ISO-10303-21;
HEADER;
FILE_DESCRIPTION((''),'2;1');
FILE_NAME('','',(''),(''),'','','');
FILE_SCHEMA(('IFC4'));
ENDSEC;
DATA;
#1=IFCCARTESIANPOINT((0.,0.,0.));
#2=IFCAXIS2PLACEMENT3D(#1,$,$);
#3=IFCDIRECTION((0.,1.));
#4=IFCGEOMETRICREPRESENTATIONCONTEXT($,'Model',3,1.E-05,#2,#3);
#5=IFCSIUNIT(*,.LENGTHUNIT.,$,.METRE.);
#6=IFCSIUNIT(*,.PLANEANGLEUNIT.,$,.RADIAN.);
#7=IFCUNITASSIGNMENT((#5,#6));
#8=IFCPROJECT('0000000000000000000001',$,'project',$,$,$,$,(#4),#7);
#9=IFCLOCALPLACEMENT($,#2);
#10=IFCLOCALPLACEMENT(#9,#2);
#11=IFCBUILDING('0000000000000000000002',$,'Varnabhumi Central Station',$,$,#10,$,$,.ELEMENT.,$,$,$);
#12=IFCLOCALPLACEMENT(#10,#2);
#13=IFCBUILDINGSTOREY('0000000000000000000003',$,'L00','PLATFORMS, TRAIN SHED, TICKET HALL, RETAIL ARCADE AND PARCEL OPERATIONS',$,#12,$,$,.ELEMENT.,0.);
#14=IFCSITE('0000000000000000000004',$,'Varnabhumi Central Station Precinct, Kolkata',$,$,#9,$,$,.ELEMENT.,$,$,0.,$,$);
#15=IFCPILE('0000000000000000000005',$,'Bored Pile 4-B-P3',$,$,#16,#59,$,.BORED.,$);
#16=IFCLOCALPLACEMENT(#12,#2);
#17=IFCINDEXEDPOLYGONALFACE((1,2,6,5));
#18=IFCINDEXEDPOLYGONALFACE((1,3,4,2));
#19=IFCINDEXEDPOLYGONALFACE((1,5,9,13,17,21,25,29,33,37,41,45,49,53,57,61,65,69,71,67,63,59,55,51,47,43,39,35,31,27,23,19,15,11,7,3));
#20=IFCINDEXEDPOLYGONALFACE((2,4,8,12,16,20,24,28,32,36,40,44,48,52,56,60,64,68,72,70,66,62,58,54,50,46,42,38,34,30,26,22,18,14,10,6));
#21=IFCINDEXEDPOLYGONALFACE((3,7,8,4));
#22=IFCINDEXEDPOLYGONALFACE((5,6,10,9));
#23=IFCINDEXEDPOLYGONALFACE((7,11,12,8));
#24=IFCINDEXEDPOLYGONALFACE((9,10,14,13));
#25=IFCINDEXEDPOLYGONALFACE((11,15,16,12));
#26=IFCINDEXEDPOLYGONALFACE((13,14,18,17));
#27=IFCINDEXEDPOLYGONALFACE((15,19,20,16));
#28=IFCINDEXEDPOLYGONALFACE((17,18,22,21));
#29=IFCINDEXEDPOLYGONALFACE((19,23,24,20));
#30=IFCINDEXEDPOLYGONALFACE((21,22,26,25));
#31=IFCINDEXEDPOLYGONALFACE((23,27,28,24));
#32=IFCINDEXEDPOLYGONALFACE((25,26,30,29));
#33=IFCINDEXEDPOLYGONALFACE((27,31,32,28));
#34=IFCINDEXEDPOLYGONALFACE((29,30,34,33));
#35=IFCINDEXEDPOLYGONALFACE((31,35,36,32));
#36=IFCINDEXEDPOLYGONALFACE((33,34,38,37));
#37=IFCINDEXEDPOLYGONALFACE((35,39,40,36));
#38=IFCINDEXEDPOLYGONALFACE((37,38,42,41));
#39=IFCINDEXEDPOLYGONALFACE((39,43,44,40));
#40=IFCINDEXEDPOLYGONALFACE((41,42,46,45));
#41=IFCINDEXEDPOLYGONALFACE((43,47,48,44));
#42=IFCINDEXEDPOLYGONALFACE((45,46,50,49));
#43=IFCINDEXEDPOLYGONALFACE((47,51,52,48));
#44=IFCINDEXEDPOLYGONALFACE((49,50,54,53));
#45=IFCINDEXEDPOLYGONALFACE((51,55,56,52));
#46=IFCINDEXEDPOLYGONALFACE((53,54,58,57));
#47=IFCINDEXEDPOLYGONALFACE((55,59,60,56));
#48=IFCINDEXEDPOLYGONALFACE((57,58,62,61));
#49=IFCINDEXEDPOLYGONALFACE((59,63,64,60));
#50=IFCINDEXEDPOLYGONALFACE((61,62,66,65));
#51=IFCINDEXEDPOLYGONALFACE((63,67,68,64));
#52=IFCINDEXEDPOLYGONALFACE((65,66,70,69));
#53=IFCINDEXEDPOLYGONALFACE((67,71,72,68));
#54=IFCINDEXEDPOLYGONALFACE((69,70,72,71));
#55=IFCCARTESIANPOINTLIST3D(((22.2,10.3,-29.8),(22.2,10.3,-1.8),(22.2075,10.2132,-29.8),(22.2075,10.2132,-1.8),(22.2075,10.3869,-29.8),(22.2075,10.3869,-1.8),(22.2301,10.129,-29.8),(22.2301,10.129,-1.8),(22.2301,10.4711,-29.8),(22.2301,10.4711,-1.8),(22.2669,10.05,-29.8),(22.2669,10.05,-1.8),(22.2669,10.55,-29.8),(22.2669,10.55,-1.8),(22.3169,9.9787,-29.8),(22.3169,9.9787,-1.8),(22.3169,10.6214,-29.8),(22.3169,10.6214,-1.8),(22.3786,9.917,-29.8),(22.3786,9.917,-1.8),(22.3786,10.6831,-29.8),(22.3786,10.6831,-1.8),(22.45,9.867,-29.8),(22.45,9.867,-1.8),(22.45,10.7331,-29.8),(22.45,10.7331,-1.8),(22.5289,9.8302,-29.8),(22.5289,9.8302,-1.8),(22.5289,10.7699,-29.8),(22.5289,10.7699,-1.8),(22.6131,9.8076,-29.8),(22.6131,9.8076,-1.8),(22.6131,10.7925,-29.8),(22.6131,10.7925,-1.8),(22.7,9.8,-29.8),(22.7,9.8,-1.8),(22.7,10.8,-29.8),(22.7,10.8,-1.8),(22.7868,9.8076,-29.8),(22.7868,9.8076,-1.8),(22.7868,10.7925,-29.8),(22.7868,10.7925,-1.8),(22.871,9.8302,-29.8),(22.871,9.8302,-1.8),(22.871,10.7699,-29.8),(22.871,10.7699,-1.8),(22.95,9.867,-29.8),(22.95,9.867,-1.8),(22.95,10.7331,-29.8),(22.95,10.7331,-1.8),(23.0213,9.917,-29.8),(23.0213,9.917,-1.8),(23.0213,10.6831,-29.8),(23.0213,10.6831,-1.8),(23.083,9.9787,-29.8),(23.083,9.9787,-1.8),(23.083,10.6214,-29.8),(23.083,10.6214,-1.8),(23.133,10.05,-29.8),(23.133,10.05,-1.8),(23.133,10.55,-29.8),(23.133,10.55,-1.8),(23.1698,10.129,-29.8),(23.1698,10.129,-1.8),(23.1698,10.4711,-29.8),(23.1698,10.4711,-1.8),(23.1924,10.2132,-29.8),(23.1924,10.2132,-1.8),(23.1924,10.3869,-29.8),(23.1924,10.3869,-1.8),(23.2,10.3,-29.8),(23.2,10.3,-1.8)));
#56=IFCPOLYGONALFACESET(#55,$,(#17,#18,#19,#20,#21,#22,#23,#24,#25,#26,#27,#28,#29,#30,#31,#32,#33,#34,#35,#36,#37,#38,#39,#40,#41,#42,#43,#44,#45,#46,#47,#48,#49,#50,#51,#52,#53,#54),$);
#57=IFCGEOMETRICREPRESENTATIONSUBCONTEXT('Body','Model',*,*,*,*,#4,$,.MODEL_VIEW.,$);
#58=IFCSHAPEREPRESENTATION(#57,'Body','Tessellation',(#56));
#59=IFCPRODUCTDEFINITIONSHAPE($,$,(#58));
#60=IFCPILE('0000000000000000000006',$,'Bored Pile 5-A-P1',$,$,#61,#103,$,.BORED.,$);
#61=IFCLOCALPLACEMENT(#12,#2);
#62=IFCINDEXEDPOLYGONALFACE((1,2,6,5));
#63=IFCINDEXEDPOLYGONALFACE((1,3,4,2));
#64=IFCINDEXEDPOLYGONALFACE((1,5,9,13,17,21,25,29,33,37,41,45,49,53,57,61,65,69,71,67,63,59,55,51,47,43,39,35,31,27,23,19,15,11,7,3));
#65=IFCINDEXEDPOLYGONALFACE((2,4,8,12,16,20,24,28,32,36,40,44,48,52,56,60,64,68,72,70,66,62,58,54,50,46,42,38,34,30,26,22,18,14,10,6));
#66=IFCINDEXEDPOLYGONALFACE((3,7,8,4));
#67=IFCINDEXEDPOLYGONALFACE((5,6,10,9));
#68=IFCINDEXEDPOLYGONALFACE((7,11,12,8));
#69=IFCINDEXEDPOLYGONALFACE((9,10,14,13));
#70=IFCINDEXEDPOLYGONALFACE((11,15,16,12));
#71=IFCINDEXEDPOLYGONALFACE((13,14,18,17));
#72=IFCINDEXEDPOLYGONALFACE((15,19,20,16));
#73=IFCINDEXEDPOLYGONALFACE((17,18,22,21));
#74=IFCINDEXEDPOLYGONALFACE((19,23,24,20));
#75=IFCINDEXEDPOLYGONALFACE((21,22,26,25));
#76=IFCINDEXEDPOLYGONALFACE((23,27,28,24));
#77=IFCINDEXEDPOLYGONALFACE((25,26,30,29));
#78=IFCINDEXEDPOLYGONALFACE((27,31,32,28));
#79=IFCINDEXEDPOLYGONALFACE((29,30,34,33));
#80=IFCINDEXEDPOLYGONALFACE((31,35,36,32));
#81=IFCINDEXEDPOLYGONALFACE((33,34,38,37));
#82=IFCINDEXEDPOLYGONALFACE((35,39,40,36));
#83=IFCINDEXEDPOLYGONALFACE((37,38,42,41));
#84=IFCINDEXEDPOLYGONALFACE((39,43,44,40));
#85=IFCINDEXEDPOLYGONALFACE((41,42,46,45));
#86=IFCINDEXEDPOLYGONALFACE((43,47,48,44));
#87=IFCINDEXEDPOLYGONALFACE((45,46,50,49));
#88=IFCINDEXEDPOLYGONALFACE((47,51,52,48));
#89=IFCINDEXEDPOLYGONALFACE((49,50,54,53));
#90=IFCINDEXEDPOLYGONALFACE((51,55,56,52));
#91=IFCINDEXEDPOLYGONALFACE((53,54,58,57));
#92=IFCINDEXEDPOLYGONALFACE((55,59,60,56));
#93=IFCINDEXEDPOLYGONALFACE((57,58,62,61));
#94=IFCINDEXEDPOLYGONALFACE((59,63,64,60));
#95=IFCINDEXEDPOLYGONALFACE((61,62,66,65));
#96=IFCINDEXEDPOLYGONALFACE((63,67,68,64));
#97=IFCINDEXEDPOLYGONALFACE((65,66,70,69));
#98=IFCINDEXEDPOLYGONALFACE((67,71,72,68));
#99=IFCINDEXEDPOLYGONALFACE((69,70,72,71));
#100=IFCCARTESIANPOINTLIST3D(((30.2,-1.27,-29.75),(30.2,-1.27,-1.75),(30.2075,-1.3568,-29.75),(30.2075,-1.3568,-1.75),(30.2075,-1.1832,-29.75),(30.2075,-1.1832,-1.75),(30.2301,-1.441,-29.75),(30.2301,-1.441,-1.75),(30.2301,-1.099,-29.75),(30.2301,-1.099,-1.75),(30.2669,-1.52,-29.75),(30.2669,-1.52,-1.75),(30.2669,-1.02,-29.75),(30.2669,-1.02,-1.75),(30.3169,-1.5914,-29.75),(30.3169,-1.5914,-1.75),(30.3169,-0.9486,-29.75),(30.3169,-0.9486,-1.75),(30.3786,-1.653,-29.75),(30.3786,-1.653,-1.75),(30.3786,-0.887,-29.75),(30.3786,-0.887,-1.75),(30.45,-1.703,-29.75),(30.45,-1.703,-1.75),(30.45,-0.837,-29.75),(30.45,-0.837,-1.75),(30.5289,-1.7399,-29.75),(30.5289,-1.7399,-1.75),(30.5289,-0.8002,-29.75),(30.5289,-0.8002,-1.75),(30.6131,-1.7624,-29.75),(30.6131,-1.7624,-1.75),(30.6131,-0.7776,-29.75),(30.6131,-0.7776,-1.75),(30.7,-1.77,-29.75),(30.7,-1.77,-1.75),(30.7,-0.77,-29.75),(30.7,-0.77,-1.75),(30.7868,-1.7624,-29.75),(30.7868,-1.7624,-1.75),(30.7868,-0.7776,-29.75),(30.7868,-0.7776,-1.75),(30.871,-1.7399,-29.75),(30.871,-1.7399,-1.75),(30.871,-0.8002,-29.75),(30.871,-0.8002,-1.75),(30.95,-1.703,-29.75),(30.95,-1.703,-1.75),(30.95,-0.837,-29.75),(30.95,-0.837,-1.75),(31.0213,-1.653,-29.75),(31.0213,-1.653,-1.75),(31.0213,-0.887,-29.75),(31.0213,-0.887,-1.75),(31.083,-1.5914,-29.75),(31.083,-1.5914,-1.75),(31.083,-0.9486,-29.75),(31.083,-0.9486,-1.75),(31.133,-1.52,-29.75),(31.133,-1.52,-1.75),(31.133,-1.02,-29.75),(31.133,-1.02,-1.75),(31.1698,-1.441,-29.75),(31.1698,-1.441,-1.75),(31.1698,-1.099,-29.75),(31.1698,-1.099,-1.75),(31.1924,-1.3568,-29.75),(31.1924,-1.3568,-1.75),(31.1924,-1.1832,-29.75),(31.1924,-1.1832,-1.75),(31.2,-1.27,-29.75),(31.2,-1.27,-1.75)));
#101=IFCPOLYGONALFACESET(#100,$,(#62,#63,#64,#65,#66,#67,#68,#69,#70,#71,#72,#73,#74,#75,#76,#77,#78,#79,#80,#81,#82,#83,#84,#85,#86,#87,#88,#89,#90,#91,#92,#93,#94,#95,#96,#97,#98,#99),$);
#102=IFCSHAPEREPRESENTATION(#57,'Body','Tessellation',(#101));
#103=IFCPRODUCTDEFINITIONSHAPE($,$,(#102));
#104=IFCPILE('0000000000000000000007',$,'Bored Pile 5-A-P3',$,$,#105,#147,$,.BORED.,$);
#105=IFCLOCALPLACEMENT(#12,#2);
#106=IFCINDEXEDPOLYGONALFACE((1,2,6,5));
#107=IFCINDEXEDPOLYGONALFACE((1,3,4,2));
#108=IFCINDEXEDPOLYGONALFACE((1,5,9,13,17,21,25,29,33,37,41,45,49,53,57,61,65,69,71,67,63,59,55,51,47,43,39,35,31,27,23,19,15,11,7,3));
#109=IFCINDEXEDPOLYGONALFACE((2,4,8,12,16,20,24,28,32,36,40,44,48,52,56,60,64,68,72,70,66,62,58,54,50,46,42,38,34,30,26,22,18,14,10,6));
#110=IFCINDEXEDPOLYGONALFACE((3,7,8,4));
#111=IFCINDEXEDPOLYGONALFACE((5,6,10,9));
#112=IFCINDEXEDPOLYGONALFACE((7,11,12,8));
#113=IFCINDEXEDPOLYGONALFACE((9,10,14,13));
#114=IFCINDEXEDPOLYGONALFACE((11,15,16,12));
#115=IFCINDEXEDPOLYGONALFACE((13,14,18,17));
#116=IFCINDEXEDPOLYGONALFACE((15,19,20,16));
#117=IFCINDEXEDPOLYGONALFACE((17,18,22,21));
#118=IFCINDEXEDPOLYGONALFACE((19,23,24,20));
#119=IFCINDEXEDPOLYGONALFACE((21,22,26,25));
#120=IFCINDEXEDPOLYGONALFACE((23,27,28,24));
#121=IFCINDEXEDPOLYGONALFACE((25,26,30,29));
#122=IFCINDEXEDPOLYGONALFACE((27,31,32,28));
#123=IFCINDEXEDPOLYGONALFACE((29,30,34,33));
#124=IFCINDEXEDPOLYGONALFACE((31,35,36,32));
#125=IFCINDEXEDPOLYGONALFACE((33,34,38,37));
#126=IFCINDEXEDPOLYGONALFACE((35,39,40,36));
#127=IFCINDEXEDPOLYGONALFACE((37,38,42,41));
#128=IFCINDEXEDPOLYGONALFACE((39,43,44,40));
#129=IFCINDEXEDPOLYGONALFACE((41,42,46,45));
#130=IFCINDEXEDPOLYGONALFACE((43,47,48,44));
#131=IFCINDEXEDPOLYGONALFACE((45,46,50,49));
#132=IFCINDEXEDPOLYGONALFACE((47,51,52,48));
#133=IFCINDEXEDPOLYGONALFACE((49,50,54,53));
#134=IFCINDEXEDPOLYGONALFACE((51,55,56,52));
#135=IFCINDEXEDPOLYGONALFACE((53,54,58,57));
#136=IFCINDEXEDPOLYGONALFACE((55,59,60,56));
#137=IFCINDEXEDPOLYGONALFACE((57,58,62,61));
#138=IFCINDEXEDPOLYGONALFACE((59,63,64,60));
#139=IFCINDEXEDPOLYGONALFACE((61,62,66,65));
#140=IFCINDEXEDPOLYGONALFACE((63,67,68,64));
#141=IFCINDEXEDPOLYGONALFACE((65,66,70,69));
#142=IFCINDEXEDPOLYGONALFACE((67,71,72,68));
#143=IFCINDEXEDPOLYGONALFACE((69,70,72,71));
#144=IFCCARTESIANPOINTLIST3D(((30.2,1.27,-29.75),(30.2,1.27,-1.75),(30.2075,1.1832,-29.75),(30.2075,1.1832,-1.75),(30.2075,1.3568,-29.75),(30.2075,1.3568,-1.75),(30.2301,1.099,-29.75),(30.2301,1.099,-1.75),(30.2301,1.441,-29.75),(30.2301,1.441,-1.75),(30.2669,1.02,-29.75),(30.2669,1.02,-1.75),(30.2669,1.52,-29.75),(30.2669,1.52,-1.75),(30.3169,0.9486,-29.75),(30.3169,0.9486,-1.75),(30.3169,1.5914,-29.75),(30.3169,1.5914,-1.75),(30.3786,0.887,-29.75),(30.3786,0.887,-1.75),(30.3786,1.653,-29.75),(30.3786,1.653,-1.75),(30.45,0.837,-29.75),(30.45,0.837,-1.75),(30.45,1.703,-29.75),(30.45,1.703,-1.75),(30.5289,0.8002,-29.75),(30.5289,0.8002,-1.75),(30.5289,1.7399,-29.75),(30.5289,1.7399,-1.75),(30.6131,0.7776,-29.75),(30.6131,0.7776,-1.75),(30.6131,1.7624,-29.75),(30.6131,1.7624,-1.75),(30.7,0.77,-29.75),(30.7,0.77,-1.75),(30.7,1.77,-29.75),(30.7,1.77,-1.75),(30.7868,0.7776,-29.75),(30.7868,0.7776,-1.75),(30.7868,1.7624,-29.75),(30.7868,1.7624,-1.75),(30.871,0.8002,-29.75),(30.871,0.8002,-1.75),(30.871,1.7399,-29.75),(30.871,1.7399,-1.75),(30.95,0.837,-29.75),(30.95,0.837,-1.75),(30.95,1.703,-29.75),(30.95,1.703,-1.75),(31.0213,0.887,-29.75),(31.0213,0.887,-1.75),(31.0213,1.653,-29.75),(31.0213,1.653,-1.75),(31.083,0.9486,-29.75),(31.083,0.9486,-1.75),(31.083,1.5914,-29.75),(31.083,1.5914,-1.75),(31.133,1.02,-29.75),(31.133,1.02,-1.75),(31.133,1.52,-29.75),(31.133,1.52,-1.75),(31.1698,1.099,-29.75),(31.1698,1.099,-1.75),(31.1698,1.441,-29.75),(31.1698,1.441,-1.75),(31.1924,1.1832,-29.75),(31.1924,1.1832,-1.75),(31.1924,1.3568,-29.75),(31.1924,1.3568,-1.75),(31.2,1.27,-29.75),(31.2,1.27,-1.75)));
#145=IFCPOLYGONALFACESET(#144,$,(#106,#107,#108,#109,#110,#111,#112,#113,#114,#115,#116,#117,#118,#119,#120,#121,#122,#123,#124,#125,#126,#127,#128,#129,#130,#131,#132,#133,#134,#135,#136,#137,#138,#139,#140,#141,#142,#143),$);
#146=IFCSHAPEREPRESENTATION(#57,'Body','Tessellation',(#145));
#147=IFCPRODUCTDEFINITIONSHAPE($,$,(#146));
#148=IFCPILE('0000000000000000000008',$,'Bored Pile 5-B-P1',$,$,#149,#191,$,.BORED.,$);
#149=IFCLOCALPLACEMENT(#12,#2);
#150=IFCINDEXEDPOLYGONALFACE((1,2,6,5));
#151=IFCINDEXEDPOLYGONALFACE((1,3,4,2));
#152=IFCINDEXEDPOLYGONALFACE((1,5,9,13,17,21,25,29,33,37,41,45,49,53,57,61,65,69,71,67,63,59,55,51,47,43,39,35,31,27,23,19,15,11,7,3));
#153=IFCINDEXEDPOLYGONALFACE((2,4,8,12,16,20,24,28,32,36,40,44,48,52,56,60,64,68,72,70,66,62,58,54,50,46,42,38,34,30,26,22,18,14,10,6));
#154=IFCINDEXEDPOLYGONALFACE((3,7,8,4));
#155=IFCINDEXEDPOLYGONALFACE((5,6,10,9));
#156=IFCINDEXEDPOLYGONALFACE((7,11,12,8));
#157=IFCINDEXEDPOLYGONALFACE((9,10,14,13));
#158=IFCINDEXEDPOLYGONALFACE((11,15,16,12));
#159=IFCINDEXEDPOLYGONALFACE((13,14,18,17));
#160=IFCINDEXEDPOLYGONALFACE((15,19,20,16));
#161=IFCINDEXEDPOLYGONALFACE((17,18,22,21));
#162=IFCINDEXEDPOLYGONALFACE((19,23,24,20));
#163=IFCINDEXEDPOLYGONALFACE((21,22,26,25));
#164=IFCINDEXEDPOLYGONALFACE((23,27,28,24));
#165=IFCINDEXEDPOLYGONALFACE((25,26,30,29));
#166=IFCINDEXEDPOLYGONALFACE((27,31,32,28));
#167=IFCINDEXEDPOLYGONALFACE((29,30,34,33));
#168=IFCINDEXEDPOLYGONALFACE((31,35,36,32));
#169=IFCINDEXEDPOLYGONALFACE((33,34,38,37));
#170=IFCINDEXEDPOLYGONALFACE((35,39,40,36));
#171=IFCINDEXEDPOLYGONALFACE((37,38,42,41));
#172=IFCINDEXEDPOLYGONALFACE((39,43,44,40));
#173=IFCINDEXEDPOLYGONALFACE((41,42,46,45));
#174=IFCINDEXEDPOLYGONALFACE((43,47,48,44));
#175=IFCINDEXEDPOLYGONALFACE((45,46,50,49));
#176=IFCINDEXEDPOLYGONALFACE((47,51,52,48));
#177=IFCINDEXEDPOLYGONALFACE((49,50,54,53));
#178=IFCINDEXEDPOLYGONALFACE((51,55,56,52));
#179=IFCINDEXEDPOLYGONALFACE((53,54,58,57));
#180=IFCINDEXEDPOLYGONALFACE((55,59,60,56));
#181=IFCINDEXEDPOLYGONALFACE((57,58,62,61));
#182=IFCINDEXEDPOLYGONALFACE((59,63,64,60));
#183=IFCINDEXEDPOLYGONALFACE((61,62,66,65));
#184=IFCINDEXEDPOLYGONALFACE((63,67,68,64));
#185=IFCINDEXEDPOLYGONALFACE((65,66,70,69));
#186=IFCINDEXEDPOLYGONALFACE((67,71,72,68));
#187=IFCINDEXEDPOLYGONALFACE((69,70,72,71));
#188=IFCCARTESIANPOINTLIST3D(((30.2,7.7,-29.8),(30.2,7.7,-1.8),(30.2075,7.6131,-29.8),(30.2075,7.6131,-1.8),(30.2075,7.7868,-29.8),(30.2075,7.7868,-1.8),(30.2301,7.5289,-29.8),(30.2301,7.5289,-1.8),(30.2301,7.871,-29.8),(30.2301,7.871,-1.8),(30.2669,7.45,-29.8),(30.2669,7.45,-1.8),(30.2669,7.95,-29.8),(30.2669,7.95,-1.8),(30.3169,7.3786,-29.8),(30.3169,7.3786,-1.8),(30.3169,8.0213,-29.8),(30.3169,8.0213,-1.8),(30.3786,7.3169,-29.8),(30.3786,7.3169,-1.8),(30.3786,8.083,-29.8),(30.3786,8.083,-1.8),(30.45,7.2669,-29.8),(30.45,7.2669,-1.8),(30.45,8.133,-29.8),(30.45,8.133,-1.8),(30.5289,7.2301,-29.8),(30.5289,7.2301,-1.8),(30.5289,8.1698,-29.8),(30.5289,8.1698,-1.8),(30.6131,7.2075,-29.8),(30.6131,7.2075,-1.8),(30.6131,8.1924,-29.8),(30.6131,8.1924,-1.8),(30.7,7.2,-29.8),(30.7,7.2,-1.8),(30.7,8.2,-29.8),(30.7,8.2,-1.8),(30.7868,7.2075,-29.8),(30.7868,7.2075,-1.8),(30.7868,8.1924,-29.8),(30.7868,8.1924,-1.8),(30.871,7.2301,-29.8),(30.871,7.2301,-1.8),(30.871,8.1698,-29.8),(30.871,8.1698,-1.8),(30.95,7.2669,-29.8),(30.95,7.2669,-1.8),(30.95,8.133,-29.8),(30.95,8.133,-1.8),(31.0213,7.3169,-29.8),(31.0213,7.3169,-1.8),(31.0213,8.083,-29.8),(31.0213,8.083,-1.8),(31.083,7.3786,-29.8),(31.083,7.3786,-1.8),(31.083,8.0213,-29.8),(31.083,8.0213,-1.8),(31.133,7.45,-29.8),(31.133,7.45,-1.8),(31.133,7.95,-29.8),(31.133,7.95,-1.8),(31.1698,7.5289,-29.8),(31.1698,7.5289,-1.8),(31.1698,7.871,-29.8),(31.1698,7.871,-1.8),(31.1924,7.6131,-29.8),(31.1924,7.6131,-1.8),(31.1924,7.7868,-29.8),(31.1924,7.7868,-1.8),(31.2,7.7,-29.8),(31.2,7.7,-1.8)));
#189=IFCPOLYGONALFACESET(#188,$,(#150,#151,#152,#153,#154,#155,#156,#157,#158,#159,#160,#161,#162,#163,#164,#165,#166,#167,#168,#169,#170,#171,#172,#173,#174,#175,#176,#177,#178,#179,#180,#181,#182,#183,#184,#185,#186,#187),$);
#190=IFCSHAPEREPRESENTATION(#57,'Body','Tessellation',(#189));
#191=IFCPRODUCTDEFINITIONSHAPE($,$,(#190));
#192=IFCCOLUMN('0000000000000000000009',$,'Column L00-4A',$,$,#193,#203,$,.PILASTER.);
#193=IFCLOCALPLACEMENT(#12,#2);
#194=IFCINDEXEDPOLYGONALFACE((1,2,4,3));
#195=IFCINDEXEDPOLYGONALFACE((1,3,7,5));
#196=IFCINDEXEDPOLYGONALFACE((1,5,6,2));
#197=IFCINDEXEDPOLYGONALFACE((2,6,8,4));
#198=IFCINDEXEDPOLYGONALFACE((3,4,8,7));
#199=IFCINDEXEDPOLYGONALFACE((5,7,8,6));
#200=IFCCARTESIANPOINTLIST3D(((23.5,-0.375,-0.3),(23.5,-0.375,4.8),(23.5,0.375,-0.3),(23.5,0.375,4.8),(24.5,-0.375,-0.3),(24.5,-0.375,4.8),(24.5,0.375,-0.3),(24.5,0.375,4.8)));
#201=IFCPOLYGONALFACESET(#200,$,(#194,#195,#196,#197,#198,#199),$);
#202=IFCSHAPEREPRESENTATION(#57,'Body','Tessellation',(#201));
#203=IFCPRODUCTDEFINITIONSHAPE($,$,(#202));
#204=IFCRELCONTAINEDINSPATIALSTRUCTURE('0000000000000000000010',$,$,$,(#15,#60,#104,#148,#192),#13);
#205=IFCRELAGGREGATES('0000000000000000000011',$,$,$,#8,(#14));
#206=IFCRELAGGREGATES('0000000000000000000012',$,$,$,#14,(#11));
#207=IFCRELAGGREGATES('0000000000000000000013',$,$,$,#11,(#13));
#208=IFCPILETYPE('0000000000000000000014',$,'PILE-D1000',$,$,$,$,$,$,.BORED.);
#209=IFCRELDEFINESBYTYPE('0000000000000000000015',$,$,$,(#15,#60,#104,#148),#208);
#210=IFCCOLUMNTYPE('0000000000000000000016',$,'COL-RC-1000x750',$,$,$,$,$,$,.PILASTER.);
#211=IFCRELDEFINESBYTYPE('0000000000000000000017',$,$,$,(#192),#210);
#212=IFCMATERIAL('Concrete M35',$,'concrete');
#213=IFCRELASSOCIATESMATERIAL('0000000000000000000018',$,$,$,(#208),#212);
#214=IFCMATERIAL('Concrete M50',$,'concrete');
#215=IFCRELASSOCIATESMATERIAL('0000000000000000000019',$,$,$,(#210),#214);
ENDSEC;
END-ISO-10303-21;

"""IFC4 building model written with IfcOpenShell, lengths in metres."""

from ifc_helpers import new_model, si_unit, direction, frame, origin, origin_2d, place, context, subcontext, project, spatial, rectangle, circle, extrude, material, material_profile, profile_set, type_object, element, save


model = new_model("IFC4")

# Units and contexts
model_context = context("Model", 3, precision=1e-05, world=origin(), true_north=direction((0.0, 1.0)))
body_context = subcontext(model_context, "Body", "Model", "MODEL_VIEW")
ifc_project = project(units=[si_unit("LENGTHUNIT", "METRE"), si_unit("PLANEANGLEUNIT", "RADIAN")], contexts=[model_context])

# Site, building, storey
site_placement = place(None, origin())
site = spatial("IfcSite", under=ifc_project, at=site_placement, Name="Varnabhumi Central Station Precinct, Kolkata", CompositionType="ELEMENT", RefElevation=0.0)
building_placement = place(site_placement, origin())
building = spatial("IfcBuilding", under=site, at=building_placement, Name="Varnabhumi Central Station", CompositionType="ELEMENT")
storey_placement = place(building_placement, origin())
storey = spatial("IfcBuildingStorey", under=building, at=storey_placement, Name="L00", Description="PLATFORMS, TRAIN SHED, TICKET HALL, RETAIL ARCADE AND PARCEL OPERATIONS", CompositionType="ELEMENT", Elevation=0.0)

# Piles
ifc_material_1 = material(Name="Concrete M35", Category="concrete")
ifc_material_profile_1 = material_profile(ifc_material_1, circle(Radius=0.5, at=origin_2d()), Name="Concrete M35", Category="concrete")
ifc_profile_set_1 = profile_set([ifc_material_profile_1], Name="Concrete M35")
pile_type = type_object("IfcPileType", Name="PILE-D1000", PredefinedType="BORED", material=ifc_profile_set_1)
for number, where, z_axis, x_axis, name in (
    (1, (22.7, 10.3, -1.8), (0.0, 0.0, -1.0), (1.0, 0.0, 0.0), "Bored Pile 4-B-P3"),
    (2, (30.7, -1.27, -1.75), (0.0, 0.0, -1.0), (1.0, 0.0, 0.0), "Bored Pile 5-A-P1"),
    (3, (30.7, 1.27, -1.75), (0.0, 0.0, -1.0), (1.0, 0.0, 0.0), "Bored Pile 5-A-P3"),
    (4, (30.7, 7.7, -1.8), (0.0, 0.0, -1.0), (1.0, 0.0, 0.0), "Bored Pile 5-B-P1"),
):
    element("IfcPile", number, at=place(storey_placement, frame(where, z_axis=z_axis, x_axis=x_axis)), inside=storey, type_object=pile_type, Name=name, PredefinedType="BORED", context=body_context, shape_type="SweptSolid", body=[
        extrude(circle(Radius=0.5, at=origin_2d()), origin(), (0.0, 0.0, 1.0), 28.0),
    ])

# Column
ifc_material_2 = material(Name="Concrete M50", Category="concrete")
ifc_material_profile_2 = material_profile(ifc_material_2, rectangle(XDim=1.0, YDim=0.75, at=origin_2d()), Name="Concrete M50", Category="concrete")
ifc_profile_set_2 = profile_set([ifc_material_profile_2], Name="Concrete M50")
column_type_1 = type_object("IfcColumnType", Name="COL-RC-1000x750", PredefinedType="PILASTER", material=ifc_profile_set_2)
column_1_placement = place(storey_placement, frame((24.0, 0.0, -0.3), z_axis=(0.0, 0.0, 1.0), x_axis=(1.0, 0.0, 0.0)))
element("IfcColumn", 5, at=column_1_placement, inside=storey, type_object=column_type_1, Name="Column L00-4A", PredefinedType="PILASTER", context=body_context, shape_type="SweptSolid", body=[
    extrude(rectangle(XDim=1.0, YDim=0.75, at=origin_2d()), origin(), (0.0, 0.0, 1.0), 5.1001),
])

save(model, "model.ifc")
